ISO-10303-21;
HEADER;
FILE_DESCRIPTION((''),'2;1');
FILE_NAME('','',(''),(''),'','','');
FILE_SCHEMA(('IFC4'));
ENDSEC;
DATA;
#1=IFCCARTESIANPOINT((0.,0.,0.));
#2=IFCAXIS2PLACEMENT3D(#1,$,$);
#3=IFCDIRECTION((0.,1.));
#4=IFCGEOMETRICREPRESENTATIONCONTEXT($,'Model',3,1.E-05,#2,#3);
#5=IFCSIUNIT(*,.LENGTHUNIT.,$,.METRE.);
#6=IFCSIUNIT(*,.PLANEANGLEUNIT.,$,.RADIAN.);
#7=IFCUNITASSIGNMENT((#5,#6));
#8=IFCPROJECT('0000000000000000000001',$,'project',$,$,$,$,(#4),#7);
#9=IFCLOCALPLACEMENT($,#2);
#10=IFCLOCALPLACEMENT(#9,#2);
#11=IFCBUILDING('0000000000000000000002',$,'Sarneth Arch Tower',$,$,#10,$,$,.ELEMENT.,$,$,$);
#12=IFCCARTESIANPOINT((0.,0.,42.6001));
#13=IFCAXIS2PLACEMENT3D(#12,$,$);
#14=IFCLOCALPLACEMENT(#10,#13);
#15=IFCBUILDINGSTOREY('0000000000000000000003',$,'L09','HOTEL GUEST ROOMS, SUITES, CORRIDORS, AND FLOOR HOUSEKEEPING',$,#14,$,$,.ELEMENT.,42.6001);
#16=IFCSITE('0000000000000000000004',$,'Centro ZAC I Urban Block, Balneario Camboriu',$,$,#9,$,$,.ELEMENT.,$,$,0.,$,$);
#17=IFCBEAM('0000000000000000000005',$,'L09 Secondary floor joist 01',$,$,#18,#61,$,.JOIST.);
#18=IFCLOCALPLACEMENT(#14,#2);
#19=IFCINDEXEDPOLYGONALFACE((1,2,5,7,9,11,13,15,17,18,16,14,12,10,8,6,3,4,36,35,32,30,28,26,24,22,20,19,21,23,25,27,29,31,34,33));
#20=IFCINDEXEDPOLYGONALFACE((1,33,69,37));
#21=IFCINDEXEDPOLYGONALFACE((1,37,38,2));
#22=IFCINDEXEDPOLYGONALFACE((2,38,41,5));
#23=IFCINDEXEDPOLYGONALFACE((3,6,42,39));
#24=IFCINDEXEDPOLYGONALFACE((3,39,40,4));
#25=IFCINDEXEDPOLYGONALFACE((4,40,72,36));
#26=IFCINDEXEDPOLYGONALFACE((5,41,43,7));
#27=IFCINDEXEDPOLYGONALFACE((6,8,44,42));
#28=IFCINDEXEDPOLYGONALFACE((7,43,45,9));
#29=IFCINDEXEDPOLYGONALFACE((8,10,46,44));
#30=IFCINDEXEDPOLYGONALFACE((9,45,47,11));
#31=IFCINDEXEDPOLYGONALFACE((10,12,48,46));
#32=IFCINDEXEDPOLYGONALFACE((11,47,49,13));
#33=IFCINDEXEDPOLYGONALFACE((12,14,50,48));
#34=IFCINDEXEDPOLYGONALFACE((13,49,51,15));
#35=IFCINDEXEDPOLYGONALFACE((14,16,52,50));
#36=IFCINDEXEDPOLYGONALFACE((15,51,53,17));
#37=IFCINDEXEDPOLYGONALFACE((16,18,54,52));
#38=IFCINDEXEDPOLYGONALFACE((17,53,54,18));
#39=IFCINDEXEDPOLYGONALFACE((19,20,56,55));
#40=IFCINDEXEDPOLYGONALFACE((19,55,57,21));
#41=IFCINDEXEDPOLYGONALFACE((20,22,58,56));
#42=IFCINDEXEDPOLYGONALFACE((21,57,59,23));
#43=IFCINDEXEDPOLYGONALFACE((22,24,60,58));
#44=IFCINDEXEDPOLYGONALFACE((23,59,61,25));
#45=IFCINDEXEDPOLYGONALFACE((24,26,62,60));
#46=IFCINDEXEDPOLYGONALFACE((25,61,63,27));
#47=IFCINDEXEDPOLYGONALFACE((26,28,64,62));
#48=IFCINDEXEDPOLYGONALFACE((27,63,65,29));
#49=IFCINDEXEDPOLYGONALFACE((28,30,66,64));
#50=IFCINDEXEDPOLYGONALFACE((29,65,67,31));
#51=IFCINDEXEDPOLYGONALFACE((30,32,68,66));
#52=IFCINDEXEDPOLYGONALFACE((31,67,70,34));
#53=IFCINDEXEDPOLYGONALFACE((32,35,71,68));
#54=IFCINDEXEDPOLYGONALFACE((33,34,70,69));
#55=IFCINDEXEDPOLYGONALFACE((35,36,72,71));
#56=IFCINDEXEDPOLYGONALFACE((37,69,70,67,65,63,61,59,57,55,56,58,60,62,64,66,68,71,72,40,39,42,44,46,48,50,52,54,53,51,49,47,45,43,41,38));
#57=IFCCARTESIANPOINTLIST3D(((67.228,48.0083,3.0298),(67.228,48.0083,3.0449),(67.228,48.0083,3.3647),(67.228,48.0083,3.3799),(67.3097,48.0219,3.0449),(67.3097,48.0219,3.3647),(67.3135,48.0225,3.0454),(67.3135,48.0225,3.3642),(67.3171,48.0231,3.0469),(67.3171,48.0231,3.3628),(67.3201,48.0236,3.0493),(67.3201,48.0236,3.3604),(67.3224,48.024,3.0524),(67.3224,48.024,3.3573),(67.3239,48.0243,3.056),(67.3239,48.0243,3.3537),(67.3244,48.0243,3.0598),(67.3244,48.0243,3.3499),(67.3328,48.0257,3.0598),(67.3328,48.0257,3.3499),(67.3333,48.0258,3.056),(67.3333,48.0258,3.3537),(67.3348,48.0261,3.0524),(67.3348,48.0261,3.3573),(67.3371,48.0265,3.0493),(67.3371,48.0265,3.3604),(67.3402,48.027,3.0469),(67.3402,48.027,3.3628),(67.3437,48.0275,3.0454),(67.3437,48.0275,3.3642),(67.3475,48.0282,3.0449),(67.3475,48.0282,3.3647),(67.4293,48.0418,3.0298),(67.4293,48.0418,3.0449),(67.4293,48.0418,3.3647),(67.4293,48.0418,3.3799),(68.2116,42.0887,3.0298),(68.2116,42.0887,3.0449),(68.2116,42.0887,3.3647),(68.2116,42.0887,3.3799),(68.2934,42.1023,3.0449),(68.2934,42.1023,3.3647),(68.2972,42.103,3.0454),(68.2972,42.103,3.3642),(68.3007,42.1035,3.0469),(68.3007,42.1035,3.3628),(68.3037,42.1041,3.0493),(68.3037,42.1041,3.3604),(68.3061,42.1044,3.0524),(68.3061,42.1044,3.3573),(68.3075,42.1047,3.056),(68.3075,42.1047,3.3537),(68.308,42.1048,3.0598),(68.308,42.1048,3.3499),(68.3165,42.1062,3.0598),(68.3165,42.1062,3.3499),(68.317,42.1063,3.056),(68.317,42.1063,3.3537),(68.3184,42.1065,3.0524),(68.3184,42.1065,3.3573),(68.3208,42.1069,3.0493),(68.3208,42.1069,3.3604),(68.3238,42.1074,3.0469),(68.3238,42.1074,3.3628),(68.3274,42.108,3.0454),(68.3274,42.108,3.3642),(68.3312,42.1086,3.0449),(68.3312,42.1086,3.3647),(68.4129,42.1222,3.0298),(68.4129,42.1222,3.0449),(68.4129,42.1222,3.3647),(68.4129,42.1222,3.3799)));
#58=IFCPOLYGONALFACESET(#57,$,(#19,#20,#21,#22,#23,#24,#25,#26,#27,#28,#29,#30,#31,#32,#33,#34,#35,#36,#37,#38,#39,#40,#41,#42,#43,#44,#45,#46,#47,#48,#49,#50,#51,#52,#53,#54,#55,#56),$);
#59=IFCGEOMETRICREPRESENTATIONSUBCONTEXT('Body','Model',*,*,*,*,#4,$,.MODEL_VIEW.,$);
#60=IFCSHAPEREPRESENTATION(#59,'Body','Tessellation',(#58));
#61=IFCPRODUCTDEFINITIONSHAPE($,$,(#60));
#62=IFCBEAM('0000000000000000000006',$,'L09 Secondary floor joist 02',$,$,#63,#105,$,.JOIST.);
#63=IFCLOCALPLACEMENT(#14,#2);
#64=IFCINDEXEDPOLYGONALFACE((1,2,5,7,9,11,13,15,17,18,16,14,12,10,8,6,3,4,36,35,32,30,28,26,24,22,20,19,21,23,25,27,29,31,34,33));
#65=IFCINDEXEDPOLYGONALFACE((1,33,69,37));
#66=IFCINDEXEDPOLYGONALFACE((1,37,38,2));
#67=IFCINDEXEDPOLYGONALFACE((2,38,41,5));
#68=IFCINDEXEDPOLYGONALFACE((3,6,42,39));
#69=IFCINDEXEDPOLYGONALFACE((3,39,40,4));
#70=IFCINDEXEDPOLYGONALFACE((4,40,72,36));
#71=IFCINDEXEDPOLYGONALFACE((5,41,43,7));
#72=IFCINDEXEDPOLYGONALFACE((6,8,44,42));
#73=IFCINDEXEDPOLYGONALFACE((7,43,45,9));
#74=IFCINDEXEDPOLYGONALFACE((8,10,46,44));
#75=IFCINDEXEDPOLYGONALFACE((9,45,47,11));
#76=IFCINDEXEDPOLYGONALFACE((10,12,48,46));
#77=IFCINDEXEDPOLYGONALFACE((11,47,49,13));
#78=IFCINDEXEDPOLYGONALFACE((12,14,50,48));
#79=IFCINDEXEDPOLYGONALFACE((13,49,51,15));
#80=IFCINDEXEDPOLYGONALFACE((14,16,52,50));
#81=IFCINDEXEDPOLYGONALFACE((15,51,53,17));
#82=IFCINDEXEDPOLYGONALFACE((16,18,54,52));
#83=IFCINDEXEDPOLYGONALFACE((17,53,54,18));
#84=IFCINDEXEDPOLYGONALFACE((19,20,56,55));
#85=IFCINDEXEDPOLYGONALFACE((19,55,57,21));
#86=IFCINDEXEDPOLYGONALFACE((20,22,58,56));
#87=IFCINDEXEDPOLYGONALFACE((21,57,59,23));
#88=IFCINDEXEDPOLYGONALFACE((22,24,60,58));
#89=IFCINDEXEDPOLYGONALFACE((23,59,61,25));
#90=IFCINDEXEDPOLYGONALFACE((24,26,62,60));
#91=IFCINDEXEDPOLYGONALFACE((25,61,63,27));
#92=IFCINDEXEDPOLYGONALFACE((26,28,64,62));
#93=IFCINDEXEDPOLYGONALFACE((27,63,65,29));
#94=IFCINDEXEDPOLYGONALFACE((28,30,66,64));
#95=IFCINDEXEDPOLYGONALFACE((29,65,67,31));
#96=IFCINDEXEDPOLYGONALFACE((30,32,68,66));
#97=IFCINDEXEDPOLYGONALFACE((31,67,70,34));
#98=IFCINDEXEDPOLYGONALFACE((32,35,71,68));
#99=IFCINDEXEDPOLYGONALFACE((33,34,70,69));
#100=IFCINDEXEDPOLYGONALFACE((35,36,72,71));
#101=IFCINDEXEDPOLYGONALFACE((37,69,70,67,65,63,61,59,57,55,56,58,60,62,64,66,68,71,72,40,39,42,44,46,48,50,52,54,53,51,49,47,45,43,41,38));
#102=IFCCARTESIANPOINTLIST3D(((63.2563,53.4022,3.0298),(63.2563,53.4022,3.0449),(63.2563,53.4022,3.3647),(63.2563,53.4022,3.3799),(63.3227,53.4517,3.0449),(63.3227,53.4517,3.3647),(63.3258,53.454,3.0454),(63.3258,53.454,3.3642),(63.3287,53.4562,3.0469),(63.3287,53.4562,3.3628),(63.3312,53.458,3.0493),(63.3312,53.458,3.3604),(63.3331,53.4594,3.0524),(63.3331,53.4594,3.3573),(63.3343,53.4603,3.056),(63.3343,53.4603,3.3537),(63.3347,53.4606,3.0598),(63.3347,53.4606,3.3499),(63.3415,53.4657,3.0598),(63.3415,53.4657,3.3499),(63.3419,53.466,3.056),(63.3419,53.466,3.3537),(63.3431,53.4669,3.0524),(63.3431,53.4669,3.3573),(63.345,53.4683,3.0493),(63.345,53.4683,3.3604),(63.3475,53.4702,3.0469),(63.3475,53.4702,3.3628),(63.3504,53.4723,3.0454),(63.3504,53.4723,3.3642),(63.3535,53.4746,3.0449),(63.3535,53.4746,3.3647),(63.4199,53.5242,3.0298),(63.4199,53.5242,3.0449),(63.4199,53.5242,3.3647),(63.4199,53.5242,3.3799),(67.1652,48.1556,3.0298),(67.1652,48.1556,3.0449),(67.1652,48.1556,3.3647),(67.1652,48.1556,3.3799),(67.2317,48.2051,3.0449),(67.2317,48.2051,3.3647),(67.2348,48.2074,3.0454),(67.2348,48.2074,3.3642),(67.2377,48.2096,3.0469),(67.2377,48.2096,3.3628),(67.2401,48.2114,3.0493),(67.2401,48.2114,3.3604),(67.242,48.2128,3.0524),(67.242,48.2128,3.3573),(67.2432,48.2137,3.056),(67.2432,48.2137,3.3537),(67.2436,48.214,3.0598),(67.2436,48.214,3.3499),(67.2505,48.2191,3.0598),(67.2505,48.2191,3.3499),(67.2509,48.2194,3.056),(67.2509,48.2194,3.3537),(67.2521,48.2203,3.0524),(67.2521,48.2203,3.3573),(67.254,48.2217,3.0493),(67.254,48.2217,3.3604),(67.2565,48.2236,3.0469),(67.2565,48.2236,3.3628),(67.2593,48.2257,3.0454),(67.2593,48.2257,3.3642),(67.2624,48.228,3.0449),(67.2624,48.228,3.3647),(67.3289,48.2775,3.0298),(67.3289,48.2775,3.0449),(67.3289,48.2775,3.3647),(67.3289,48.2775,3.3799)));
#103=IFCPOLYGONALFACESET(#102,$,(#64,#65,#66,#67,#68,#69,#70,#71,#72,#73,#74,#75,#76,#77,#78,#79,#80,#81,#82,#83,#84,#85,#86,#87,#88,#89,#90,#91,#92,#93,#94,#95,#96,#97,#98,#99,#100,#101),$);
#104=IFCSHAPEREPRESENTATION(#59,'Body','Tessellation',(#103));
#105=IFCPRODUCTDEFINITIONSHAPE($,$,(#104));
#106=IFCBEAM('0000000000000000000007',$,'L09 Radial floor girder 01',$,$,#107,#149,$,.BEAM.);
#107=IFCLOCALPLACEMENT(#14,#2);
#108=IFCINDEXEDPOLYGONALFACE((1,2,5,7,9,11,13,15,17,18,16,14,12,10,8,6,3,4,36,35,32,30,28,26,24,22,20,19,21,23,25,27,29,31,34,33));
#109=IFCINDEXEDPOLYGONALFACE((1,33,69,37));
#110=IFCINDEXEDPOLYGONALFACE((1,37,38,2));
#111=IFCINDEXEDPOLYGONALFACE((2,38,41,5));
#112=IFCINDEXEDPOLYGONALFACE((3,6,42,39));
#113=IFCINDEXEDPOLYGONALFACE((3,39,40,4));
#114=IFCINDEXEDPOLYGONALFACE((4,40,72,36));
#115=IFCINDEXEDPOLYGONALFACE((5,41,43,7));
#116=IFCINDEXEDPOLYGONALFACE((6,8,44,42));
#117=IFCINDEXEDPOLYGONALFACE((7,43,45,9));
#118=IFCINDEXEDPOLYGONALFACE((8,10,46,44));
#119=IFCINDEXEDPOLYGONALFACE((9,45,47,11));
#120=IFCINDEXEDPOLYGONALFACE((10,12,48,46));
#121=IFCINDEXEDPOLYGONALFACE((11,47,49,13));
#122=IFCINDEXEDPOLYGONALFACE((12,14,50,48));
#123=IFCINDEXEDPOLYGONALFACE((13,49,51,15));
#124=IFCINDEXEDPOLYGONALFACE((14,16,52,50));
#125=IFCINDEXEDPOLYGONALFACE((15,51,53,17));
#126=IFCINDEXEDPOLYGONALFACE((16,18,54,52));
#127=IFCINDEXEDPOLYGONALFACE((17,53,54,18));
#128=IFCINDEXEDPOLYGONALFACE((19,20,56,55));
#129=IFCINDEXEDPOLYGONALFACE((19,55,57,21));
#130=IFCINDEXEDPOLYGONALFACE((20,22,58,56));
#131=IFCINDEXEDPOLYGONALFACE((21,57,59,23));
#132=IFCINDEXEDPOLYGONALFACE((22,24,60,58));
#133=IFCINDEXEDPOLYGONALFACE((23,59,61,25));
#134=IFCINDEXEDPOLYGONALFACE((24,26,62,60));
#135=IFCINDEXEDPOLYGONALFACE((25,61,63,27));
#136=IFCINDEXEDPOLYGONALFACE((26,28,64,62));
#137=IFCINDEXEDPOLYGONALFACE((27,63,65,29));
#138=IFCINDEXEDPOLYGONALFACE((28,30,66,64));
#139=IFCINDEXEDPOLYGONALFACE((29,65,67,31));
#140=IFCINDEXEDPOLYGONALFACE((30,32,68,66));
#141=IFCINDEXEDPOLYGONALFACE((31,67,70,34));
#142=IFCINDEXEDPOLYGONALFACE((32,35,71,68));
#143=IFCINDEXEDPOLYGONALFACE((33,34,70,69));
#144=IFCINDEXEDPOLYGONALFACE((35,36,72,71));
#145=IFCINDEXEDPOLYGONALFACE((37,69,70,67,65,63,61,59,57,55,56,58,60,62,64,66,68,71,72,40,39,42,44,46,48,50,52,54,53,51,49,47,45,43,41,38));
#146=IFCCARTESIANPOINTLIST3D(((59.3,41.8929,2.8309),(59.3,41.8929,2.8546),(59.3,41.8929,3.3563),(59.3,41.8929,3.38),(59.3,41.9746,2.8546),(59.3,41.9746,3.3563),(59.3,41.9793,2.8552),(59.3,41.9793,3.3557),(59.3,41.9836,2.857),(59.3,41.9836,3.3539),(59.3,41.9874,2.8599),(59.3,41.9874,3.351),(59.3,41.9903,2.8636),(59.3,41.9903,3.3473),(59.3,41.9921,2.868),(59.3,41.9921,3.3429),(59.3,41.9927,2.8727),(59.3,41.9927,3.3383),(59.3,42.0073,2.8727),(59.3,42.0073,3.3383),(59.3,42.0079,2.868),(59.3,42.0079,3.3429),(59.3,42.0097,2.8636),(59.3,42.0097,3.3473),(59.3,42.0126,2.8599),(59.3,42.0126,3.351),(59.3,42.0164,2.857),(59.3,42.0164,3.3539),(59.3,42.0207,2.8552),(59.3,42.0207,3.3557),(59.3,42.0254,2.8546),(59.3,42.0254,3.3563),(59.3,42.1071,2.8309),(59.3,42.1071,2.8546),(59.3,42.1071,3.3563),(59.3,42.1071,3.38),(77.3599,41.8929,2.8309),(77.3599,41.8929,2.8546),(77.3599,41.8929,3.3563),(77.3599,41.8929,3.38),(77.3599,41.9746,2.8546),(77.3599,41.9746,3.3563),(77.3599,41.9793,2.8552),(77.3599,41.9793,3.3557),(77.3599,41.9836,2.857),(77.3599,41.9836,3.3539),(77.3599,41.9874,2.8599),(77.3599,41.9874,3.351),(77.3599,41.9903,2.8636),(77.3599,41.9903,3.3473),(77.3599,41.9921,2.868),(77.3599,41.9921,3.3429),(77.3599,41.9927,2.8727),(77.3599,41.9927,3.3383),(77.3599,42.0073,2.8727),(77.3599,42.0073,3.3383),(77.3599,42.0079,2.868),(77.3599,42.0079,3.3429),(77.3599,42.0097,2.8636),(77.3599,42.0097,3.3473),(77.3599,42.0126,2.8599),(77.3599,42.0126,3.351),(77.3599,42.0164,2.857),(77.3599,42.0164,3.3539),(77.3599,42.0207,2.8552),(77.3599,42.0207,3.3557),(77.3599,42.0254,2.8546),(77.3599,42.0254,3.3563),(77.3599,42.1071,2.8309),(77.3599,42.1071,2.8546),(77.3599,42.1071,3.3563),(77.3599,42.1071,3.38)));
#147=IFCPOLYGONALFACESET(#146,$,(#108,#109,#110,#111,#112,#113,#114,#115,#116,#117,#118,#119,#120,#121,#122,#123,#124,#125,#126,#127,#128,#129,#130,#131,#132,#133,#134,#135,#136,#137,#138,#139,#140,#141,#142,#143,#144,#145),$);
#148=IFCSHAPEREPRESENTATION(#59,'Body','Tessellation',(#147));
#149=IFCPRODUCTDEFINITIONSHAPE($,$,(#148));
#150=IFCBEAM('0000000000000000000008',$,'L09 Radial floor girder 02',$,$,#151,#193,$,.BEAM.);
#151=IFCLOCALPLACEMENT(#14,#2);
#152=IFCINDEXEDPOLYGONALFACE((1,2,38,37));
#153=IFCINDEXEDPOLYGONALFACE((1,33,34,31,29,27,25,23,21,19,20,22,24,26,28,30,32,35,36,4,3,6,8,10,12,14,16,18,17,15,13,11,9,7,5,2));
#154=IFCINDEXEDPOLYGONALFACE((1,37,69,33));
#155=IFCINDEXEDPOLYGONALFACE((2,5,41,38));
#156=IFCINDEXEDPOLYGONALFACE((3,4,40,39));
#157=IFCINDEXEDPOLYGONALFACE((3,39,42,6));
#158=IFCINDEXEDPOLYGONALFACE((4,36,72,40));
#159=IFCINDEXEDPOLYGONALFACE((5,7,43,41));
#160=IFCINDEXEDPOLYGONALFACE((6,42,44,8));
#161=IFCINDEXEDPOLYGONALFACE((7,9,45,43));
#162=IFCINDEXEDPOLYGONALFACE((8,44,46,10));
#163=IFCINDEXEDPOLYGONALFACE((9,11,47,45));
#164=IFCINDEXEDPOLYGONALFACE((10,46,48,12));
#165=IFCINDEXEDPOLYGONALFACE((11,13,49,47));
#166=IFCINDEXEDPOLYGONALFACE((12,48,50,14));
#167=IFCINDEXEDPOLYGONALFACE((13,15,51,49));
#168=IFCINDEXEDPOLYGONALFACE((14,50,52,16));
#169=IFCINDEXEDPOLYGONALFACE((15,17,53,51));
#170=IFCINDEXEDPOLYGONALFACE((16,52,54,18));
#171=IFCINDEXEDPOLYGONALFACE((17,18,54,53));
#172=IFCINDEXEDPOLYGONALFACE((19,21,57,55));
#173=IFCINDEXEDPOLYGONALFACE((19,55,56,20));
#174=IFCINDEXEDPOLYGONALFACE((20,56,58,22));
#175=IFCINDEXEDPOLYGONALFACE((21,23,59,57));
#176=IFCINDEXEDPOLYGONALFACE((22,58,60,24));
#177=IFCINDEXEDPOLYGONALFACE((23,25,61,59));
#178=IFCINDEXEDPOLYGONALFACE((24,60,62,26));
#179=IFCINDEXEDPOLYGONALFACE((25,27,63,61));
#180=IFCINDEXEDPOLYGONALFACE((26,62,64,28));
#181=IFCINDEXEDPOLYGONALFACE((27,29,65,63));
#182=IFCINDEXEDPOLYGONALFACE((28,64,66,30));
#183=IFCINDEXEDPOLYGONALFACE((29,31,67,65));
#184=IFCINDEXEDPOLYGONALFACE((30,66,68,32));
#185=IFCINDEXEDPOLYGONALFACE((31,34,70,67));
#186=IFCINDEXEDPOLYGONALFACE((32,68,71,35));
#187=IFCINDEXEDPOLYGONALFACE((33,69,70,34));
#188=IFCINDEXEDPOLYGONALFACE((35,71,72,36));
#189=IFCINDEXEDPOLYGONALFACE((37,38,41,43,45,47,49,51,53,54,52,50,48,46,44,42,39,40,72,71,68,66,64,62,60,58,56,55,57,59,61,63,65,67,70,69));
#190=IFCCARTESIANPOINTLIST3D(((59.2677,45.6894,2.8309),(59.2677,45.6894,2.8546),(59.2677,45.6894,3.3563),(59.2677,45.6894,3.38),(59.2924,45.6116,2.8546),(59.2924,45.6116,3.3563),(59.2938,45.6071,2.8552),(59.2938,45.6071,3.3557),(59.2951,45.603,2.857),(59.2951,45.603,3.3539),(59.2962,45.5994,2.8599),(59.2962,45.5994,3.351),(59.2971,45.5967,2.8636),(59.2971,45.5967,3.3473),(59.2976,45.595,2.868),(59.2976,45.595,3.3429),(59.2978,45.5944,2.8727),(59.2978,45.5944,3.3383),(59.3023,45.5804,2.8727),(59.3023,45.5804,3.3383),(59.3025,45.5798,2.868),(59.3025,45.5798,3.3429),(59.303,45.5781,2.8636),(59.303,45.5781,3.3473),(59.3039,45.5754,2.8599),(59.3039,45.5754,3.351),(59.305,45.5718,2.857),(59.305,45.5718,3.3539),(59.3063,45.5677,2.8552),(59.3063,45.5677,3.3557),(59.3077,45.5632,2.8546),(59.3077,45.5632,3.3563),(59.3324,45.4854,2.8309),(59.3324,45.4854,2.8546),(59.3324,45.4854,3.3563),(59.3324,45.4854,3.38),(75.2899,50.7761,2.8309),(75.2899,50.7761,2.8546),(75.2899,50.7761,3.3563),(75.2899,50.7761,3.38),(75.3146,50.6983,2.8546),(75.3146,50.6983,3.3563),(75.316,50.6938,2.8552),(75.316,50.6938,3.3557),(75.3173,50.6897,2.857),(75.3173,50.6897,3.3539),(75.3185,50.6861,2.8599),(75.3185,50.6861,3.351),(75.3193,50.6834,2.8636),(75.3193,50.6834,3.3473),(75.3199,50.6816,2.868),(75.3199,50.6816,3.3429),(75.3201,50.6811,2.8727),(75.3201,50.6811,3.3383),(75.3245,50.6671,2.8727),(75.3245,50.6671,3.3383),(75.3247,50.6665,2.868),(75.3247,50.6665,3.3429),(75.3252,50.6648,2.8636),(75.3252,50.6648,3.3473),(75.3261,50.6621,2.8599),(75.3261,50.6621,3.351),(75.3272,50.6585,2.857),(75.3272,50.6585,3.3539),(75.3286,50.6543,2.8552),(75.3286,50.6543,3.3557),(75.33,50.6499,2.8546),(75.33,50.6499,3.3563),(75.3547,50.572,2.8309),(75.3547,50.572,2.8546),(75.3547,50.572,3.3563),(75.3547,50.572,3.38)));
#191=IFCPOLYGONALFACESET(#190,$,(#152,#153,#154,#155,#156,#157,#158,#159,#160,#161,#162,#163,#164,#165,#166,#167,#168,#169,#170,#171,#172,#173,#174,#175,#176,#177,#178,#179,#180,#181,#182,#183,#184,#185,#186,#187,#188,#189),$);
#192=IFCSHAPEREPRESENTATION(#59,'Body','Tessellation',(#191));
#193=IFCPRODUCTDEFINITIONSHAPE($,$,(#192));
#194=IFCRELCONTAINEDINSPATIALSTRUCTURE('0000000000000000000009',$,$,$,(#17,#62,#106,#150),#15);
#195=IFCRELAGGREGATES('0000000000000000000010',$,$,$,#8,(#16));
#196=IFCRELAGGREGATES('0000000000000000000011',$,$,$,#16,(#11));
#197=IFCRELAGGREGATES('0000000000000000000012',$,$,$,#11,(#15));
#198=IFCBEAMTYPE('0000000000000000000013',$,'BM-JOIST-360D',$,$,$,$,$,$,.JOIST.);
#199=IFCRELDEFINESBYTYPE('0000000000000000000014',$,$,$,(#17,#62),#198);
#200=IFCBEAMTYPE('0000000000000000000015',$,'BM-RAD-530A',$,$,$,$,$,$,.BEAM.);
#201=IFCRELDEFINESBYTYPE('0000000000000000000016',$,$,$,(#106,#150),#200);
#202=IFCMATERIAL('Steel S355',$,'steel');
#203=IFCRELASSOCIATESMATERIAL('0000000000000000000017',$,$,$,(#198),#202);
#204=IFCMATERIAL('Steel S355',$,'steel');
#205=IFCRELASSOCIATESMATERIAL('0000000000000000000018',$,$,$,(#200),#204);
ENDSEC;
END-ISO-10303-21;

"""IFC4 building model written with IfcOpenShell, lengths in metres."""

from ifc_helpers import new_model, si_unit, direction, frame, origin, origin_2d, place, context, subcontext, project, spatial, i_section, extrude, material, material_profile, profile_set, type_object, element, save


model = new_model("IFC4")

# Units and contexts
model_context = context("Model", 3, precision=1e-05, world=origin(), true_north=direction((0.0, 1.0)))
body_context = subcontext(model_context, "Body", "Model", "MODEL_VIEW")
ifc_project = project(units=[si_unit("LENGTHUNIT", "METRE"), si_unit("PLANEANGLEUNIT", "RADIAN")], contexts=[model_context])

# Site, building, storey
site_placement = place(None, origin())
site = spatial("IfcSite", under=ifc_project, at=site_placement, Name="Centro ZAC I Urban Block, Balneario Camboriu", CompositionType="ELEMENT", RefElevation=0.0)
building_placement = place(site_placement, origin())
building = spatial("IfcBuilding", under=site, at=building_placement, Name="Sarneth Arch Tower", CompositionType="ELEMENT")
storey_placement = place(building_placement, frame((0.0, 0.0, 42.6001)))
storey = spatial("IfcBuildingStorey", under=building, at=storey_placement, Name="L09", Description="HOTEL GUEST ROOMS, SUITES, CORRIDORS, AND FLOOR HOUSEKEEPING", CompositionType="ELEMENT", Elevation=42.6001)

# Beams
ifc_material_1 = material(Name="Steel S355", Category="steel")
ifc_material_profile_1 = material_profile(ifc_material_1, i_section(OverallWidth=0.2041, OverallDepth=0.3501, WebThickness=0.0085, FlangeThickness=0.0151, FilletRadius=0.0149, at=origin_2d()), Name="W360x72")
ifc_profile_set_1 = profile_set([ifc_material_profile_1], Name="Steel S355")
beam_type_1 = type_object("IfcBeamType", Name="BM-JOIST-360D", PredefinedType="JOIST", material=ifc_profile_set_1)
beam_1_placement = place(storey_placement, frame((68.3123, 42.1055, 3.2048), z_axis=(-0.163917, 0.986474, 0.0), x_axis=(-0.986474, -0.163917, 0.0)))
element("IfcBeam", 1, at=beam_1_placement, inside=storey, type_object=beam_type_1, Name="L09 Secondary floor joist 01", PredefinedType="JOIST", context=body_context, shape_type="SweptSolid", body=[
    extrude(i_section(OverallWidth=0.2041, OverallDepth=0.3501, WebThickness=0.0085, FlangeThickness=0.0151, FilletRadius=0.0149, at=origin_2d()), origin(), (0.0, 0.0, 1.0), 6.0007),
])
beam_2_placement = place(storey_placement, frame((67.2471, 48.2166, 3.2048), z_axis=(-0.597454, 0.801904, 0.0), x_axis=(-0.801904, -0.597454, 0.0)))
element("IfcBeam", 2, at=beam_2_placement, inside=storey, type_object=beam_type_1, Name="L09 Secondary floor joist 02", PredefinedType="JOIST", context=body_context, shape_type="SweptSolid", body=[
    extrude(i_section(OverallWidth=0.2041, OverallDepth=0.3501, WebThickness=0.0085, FlangeThickness=0.0151, FilletRadius=0.0149, at=origin_2d()), origin(), (0.0, 0.0, 1.0), 6.5427),
])
ifc_material_2 = material(Name="Steel S355", Category="steel")
ifc_material_profile_2 = material_profile(ifc_material_2, i_section(OverallWidth=0.2141, OverallDepth=0.5491, WebThickness=0.0146, FlangeThickness=0.0237, FilletRadius=0.0181, at=origin_2d()), Name="W530x138")
ifc_profile_set_2 = profile_set([ifc_material_profile_2], Name="Steel S355")
beam_type_2 = type_object("IfcBeamType", Name="BM-RAD-530A", PredefinedType="BEAM", material=ifc_profile_set_2)
beam_3_placement = place(storey_placement, frame((59.3, 42.0, 3.1055), z_axis=(1.0, 0.0, 0.0), x_axis=(0.0, 1.0, 0.0)))
element("IfcBeam", 3, at=beam_3_placement, inside=storey, type_object=beam_type_2, Name="L09 Radial floor girder 01", PredefinedType="BEAM", context=body_context, shape_type="SweptSolid", body=[
    extrude(i_section(OverallWidth=0.2141, OverallDepth=0.5491, WebThickness=0.0146, FlangeThickness=0.0237, FilletRadius=0.0181, at=origin_2d()), origin(), (0.0, 0.0, 1.0), 18.0598),
])
beam_4_placement = place(storey_placement, frame((59.3, 45.5874, 3.1055), z_axis=(0.95312, 0.302593, 0.0), x_axis=(-0.302593, 0.95312, 0.0)))
element("IfcBeam", 4, at=beam_4_placement, inside=storey, type_object=beam_type_2, Name="L09 Radial floor girder 02", PredefinedType="BEAM", context=body_context, shape_type="SweptSolid", body=[
    extrude(i_section(OverallWidth=0.2141, OverallDepth=0.5491, WebThickness=0.0146, FlangeThickness=0.0237, FilletRadius=0.0181, at=origin_2d()), origin(), (0.0, 0.0, 1.0), 16.8103),
])

save(model, "model.ifc")
